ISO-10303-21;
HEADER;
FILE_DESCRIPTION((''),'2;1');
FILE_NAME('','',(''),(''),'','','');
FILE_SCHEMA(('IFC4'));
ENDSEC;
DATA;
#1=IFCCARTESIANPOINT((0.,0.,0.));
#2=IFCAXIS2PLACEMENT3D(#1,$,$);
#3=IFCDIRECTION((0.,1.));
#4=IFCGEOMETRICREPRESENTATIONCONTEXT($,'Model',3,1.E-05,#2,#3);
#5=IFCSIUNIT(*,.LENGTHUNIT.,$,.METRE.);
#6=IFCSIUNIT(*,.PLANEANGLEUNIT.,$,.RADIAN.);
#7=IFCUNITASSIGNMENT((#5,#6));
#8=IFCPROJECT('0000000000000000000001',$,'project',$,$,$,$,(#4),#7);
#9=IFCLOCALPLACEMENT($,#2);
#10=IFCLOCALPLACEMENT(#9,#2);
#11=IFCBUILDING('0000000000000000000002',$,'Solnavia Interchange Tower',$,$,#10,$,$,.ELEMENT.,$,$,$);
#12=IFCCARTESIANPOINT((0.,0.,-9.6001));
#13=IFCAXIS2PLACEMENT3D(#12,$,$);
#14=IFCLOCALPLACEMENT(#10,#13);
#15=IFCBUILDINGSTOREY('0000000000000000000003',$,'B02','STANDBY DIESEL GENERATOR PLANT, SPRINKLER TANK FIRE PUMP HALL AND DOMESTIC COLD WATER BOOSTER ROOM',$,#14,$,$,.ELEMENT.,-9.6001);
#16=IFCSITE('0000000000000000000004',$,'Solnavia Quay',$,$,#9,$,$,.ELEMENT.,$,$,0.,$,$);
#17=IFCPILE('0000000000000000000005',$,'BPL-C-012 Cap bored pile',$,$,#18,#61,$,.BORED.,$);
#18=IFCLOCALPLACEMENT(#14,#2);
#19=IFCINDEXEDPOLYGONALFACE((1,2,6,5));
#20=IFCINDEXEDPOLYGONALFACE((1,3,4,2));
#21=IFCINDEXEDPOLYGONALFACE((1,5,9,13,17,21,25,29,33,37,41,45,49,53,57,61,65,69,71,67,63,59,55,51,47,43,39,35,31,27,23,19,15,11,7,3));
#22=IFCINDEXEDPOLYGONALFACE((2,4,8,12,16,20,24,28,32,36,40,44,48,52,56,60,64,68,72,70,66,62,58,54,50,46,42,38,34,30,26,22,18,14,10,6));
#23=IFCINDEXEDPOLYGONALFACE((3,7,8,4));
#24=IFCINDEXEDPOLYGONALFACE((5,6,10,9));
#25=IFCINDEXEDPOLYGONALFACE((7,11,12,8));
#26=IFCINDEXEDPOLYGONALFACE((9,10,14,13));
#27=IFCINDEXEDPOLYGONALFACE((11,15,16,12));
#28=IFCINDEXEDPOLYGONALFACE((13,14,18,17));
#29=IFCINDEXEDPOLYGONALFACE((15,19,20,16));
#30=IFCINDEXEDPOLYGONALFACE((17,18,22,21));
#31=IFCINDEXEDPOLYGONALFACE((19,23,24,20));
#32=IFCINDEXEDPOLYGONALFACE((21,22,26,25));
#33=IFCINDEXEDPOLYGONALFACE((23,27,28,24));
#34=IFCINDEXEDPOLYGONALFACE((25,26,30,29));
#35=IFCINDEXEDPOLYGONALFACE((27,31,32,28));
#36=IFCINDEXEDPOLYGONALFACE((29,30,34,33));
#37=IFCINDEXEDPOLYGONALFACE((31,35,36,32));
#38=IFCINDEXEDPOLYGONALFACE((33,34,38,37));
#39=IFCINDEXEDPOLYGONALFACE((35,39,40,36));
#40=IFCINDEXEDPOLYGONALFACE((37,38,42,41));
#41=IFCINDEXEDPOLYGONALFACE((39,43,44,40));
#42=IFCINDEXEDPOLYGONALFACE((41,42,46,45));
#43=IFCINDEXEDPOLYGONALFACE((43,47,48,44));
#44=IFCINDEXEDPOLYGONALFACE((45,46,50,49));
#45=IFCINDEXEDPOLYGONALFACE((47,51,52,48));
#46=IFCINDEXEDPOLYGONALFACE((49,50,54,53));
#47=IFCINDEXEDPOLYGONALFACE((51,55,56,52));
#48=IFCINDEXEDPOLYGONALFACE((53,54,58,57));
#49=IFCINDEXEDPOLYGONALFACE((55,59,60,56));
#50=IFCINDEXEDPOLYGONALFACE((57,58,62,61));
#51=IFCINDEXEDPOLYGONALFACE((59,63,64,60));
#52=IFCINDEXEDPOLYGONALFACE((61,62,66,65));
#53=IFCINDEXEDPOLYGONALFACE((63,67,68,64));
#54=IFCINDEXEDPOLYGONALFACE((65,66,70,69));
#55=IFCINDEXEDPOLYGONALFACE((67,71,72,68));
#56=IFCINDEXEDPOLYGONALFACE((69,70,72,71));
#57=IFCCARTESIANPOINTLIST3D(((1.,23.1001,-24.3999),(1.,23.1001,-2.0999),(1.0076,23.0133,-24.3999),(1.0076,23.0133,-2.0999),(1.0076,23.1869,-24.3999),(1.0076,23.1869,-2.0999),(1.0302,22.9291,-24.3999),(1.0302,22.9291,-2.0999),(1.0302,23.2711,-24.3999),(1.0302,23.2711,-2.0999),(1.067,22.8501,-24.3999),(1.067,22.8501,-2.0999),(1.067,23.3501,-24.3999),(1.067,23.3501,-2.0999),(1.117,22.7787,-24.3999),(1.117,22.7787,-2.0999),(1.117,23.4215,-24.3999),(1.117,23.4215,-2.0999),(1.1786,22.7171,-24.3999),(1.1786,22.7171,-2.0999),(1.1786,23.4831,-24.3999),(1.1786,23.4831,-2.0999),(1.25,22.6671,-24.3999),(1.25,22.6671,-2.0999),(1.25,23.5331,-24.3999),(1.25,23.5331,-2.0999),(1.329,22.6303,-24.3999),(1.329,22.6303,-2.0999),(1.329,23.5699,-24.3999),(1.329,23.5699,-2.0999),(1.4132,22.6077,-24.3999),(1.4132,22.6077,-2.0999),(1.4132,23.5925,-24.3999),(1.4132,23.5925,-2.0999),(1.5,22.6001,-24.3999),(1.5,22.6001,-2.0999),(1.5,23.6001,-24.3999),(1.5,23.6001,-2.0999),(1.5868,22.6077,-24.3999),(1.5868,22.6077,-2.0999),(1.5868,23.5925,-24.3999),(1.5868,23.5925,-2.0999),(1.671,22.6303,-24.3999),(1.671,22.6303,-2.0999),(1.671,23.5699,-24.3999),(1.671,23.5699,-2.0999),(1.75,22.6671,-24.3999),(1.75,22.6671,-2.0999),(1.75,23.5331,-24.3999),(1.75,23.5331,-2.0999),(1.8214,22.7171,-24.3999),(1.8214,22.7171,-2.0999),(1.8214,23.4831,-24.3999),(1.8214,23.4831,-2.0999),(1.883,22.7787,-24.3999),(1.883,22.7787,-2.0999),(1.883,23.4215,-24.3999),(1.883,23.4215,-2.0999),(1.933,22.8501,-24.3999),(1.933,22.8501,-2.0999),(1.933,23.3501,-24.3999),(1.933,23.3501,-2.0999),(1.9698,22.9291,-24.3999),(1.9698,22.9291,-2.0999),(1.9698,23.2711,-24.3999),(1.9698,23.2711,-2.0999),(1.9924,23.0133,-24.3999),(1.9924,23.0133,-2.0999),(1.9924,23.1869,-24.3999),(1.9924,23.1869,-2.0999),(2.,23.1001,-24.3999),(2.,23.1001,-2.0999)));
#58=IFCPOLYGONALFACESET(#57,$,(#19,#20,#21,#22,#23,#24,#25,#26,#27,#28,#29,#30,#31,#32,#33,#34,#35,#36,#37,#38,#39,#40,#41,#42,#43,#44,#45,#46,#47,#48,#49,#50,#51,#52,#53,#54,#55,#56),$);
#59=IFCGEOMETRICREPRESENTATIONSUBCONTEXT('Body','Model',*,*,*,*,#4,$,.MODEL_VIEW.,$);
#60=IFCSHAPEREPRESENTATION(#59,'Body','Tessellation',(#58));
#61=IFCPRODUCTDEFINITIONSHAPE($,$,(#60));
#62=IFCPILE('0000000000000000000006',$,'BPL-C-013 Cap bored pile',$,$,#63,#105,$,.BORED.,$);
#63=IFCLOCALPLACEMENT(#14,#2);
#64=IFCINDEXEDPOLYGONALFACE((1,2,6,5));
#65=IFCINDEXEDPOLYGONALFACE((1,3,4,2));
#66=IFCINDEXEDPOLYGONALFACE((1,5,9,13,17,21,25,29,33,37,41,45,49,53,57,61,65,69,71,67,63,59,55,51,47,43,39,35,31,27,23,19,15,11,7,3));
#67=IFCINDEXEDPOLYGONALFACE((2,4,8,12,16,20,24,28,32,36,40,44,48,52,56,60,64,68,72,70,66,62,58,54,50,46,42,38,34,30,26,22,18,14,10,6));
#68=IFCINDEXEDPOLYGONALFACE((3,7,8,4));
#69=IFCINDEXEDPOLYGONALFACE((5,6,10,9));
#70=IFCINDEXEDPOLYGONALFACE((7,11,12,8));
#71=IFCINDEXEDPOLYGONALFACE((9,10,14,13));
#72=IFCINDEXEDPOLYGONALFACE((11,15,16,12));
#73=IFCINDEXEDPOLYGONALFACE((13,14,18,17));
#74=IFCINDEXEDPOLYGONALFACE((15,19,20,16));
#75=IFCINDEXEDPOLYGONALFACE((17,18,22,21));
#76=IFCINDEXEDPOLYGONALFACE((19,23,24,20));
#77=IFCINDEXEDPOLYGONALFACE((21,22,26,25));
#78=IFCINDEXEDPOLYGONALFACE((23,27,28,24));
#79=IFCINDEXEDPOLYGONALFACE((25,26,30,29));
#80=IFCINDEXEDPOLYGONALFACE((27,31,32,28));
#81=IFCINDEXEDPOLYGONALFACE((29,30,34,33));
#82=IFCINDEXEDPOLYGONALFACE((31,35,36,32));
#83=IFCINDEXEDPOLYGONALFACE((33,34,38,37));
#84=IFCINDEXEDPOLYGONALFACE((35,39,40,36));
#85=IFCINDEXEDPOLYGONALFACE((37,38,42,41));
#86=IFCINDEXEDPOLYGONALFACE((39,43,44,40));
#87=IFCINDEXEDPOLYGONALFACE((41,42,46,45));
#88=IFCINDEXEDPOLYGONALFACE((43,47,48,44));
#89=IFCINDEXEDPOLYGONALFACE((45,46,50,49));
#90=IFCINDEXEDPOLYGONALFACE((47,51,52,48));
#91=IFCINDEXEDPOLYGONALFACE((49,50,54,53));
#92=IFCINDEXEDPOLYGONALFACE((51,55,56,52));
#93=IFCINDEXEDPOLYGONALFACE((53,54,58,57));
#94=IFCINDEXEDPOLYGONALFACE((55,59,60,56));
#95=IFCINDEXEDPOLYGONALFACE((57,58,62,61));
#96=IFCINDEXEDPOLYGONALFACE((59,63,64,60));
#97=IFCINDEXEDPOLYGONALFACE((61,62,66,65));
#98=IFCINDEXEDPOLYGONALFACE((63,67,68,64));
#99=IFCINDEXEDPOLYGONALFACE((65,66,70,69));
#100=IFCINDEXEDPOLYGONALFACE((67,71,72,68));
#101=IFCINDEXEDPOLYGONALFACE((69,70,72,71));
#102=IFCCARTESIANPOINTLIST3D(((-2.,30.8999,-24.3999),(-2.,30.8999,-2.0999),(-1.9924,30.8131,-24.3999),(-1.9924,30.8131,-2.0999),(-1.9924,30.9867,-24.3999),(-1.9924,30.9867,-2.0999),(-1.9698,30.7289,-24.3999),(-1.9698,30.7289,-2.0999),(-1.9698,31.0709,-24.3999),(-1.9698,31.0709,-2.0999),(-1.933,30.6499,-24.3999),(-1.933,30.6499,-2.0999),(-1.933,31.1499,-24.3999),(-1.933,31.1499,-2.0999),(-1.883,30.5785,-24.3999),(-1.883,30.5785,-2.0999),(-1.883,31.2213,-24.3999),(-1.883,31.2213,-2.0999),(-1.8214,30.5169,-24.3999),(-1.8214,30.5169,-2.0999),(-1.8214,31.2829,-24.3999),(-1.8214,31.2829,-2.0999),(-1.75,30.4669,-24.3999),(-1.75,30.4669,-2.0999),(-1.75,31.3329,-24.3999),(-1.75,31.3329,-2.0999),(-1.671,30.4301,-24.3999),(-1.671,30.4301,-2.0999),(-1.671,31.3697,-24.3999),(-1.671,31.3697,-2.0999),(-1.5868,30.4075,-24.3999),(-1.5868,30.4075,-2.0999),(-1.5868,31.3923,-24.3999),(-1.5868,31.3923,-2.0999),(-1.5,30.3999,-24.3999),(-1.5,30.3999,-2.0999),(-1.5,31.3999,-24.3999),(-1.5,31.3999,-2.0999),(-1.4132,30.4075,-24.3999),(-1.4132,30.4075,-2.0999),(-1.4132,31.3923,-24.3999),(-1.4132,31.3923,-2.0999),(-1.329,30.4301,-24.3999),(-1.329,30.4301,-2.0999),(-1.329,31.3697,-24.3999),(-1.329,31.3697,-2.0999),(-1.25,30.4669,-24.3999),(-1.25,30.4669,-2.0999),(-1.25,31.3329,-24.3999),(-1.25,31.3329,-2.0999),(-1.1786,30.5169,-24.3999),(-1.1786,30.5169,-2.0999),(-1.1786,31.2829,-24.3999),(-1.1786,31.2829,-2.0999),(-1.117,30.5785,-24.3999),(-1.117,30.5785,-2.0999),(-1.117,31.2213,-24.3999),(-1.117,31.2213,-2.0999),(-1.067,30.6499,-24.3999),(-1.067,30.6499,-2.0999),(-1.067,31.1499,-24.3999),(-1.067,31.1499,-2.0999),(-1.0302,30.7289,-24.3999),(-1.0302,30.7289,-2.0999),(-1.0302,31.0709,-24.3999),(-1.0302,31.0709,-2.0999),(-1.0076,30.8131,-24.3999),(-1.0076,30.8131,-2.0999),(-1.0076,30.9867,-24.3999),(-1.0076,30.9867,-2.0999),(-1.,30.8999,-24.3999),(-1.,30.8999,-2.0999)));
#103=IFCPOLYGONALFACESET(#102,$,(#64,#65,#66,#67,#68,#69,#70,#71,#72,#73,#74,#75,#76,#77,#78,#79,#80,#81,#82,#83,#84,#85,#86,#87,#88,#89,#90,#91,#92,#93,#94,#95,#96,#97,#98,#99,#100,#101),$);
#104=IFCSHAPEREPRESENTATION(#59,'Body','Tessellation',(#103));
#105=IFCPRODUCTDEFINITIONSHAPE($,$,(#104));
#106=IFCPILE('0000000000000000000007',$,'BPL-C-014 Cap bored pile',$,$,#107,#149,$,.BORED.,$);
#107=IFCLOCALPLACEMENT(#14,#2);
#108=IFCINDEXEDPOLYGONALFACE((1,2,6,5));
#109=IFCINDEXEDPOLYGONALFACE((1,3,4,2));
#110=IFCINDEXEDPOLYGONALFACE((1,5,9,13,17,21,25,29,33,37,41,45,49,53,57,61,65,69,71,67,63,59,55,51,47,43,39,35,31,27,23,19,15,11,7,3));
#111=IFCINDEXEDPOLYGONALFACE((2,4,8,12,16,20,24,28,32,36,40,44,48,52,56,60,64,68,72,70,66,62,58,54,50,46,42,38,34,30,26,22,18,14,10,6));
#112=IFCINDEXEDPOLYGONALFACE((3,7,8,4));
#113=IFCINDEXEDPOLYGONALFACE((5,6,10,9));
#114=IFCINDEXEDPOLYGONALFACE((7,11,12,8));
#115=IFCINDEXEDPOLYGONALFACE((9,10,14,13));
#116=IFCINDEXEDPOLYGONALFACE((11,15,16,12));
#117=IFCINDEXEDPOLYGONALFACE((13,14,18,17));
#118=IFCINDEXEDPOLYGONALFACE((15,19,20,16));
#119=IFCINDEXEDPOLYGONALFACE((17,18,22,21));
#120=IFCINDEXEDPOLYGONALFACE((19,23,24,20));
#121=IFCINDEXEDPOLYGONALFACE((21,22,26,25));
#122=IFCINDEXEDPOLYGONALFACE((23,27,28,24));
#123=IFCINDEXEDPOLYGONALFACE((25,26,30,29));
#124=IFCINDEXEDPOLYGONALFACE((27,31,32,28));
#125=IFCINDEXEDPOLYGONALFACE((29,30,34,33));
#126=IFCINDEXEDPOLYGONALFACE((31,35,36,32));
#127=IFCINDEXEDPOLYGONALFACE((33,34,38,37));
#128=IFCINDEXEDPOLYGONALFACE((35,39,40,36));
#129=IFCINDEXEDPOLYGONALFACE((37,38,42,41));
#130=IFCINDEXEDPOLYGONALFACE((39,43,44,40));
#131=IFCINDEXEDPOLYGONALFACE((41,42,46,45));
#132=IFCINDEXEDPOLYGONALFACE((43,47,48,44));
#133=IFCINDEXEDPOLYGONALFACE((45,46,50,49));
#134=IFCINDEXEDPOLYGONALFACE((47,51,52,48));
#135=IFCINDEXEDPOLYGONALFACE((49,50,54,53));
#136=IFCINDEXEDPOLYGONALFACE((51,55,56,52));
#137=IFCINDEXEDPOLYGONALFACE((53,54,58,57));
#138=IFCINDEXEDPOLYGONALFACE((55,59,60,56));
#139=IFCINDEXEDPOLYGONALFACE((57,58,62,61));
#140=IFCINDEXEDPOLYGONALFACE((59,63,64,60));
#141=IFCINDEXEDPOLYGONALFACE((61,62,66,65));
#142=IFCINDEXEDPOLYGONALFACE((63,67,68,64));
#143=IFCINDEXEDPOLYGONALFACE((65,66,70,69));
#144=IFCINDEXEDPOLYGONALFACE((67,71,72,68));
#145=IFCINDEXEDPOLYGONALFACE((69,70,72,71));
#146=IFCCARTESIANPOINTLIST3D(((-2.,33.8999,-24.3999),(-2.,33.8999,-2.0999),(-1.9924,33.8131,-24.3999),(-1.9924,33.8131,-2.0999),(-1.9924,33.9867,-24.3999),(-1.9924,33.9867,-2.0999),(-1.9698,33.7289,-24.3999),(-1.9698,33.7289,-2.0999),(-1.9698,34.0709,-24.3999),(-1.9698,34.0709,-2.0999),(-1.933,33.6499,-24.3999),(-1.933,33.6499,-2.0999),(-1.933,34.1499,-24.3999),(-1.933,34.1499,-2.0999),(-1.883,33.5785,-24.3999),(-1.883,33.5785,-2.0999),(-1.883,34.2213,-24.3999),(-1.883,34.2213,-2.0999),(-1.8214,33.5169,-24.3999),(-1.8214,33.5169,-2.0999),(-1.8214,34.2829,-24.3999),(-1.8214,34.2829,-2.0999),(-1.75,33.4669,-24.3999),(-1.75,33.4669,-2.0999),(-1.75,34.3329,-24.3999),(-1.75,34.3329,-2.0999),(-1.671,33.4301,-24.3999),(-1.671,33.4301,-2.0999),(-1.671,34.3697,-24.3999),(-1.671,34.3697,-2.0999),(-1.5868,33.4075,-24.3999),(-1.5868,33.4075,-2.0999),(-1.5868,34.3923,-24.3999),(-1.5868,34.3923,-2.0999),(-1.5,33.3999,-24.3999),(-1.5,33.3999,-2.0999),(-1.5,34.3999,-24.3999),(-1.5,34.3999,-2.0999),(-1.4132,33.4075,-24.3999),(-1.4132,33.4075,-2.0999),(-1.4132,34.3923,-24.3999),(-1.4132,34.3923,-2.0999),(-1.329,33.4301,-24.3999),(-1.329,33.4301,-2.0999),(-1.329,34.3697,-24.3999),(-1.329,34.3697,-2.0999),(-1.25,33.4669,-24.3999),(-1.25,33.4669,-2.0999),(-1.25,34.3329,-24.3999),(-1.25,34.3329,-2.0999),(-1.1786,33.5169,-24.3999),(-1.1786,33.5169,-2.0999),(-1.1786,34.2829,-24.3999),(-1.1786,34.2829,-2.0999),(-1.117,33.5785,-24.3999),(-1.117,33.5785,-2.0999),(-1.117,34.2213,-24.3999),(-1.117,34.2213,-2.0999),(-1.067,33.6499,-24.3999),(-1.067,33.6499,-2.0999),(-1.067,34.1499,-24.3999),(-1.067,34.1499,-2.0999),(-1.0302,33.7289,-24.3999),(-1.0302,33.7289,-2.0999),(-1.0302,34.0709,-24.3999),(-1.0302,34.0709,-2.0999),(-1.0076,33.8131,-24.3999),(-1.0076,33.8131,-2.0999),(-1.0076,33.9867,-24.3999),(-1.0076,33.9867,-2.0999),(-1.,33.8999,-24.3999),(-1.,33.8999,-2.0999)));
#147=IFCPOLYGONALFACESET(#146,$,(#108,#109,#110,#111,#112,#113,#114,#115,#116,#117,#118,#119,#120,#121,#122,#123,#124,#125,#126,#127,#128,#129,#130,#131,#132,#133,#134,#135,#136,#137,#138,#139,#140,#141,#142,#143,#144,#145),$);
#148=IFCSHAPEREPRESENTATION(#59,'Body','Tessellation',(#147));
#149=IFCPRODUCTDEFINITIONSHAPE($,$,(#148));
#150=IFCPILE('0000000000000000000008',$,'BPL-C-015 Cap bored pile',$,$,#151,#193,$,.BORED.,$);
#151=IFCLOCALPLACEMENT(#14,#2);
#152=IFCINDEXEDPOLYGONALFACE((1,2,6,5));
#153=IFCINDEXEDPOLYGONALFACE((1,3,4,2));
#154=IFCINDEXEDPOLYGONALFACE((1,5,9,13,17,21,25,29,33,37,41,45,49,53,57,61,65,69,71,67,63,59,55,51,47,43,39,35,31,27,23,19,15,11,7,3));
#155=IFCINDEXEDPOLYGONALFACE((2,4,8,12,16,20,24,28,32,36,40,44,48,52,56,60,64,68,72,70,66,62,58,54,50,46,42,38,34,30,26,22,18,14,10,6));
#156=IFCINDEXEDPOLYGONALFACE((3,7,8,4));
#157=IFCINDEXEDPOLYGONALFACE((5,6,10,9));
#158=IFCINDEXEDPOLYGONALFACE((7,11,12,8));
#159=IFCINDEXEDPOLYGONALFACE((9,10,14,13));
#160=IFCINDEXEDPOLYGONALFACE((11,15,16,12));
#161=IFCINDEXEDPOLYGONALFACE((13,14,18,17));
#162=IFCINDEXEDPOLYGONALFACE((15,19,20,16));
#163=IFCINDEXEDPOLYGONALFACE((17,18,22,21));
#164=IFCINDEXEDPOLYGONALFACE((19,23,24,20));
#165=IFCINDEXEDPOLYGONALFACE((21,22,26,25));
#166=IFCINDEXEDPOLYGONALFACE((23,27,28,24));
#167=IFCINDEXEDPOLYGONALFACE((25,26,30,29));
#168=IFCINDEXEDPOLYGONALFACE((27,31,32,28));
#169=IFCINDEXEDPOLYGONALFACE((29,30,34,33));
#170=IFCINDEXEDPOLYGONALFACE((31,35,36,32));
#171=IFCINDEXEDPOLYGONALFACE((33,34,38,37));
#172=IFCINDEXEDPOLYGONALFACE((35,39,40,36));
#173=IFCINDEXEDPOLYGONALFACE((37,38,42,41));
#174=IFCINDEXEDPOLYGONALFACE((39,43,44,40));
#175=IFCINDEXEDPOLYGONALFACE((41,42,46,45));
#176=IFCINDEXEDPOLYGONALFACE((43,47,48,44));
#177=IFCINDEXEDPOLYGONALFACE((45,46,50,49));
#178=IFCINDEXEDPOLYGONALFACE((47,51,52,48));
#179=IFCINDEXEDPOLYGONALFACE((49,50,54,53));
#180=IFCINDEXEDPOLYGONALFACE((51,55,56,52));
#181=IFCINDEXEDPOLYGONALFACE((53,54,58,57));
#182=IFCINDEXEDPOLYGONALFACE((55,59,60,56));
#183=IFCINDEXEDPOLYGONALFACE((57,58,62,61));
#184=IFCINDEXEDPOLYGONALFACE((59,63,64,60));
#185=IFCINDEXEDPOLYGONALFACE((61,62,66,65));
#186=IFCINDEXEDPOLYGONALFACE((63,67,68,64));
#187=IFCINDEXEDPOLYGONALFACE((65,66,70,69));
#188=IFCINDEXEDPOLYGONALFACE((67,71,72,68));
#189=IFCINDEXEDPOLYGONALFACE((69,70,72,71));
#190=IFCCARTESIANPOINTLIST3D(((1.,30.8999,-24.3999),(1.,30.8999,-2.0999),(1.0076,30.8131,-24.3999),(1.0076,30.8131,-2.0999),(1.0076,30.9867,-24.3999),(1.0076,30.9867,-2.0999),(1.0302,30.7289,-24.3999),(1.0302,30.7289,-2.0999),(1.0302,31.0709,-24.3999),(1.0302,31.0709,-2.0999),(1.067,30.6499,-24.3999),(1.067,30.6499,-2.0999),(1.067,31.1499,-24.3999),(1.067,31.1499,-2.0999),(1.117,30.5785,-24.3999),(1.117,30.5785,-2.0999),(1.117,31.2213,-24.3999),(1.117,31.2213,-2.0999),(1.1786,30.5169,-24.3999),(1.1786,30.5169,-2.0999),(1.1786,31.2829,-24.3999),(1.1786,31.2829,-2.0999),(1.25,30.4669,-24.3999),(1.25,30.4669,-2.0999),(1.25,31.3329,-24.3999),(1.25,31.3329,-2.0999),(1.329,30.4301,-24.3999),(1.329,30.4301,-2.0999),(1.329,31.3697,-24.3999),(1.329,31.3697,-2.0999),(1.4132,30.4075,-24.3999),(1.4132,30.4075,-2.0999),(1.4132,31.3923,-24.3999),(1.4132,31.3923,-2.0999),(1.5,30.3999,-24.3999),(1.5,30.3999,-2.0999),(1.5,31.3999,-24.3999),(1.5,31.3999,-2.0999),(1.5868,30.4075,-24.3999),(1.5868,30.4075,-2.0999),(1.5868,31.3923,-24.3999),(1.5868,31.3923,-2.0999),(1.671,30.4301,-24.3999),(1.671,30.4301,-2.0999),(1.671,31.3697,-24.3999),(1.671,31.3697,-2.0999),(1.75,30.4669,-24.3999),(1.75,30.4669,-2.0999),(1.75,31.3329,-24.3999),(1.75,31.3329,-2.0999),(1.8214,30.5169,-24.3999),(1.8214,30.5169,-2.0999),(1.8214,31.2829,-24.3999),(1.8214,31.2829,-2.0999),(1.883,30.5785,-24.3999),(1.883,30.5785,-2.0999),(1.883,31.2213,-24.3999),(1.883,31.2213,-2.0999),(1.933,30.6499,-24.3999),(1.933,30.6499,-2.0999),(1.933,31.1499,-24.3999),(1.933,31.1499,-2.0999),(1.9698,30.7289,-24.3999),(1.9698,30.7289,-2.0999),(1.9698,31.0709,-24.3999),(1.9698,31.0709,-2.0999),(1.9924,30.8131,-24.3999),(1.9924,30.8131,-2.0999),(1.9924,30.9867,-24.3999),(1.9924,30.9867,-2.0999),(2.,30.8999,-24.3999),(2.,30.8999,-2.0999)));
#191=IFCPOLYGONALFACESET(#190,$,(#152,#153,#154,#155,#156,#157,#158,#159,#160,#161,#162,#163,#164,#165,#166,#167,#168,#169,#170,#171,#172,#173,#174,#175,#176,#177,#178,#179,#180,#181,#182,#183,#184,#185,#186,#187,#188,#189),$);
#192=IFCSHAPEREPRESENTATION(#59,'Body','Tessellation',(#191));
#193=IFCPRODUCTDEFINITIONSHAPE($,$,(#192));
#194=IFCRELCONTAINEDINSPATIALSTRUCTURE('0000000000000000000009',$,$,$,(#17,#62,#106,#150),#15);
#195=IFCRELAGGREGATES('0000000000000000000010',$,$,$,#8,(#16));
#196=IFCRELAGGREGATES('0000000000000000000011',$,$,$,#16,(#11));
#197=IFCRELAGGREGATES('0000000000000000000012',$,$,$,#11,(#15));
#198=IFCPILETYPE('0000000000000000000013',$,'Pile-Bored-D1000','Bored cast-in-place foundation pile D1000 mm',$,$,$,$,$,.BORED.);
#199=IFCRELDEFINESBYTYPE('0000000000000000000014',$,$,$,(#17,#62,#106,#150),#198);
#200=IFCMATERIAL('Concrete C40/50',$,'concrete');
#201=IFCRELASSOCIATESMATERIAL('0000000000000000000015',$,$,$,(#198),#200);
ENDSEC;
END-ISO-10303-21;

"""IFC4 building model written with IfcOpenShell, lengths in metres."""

from ifc_helpers import new_model, si_unit, direction, frame, origin, origin_2d, place, context, subcontext, project, spatial, circle, extrude, material, material_profile, profile_set, type_object, element, save


model = new_model("IFC4")

# Units and contexts
model_context = context("Model", 3, precision=1e-05, world=origin(), true_north=direction((0.0, 1.0)))
body_context = subcontext(model_context, "Body", "Model", "MODEL_VIEW")
ifc_project = project(units=[si_unit("LENGTHUNIT", "METRE"), si_unit("PLANEANGLEUNIT", "RADIAN")], contexts=[model_context])

# Site, building, storey
site_placement = place(None, origin())
site = spatial("IfcSite", under=ifc_project, at=site_placement, Name="Solnavia Quay", CompositionType="ELEMENT", RefElevation=0.0)
building_placement = place(site_placement, origin())
building = spatial("IfcBuilding", under=site, at=building_placement, Name="Solnavia Interchange Tower", CompositionType="ELEMENT")
storey_placement = place(building_placement, frame((0.0, 0.0, -9.6001)))
storey = spatial("IfcBuildingStorey", under=building, at=storey_placement, Name="B02", Description="STANDBY DIESEL GENERATOR PLANT, SPRINKLER TANK FIRE PUMP HALL AND DOMESTIC COLD WATER BOOSTER ROOM", CompositionType="ELEMENT", Elevation=-9.6001)

# Shared definitions
ifc_material_1 = material(Name="Concrete C40/50", Category="concrete")

# Piles
ifc_material_profile_1 = material_profile(ifc_material_1, circle(Radius=0.5, at=origin_2d()), Name="PILE D1000")
ifc_profile_set_1 = profile_set([ifc_material_profile_1], Name="Concrete C40/50")
pile_type_1 = type_object("IfcPileType", Name="Pile-Bored-D1000", Description="Bored cast-in-place foundation pile D1000 mm", PredefinedType="BORED", material=ifc_profile_set_1)
for number, where, z_axis, x_axis, name in (
    (1, (1.5, 23.1001, -2.0999), (0.0, 0.0, -1.0), (1.0, 0.0, 0.0), "BPL-C-012 Cap bored pile"),
    (2, (-1.5, 30.8999, -2.0999), (0.0, 0.0, -1.0), (1.0, 0.0, 0.0), "BPL-C-013 Cap bored pile"),
    (3, (-1.5, 33.8999, -2.0999), (0.0, 0.0, -1.0), (1.0, 0.0, 0.0), "BPL-C-014 Cap bored pile"),
    (4, (1.5, 30.8999, -2.0999), (0.0, 0.0, -1.0), (1.0, 0.0, 0.0), "BPL-C-015 Cap bored pile"),
):
    element("IfcPile", number, at=place(storey_placement, frame(where, z_axis=z_axis, x_axis=x_axis)), inside=storey, type_object=pile_type_1, Name=name, PredefinedType="BORED", context=body_context, shape_type="SweptSolid", body=[
        extrude(circle(Radius=0.5, at=origin_2d()), origin(), (0.0, 0.0, 1.0), 22.3),
    ])

save(model, "model.ifc")
